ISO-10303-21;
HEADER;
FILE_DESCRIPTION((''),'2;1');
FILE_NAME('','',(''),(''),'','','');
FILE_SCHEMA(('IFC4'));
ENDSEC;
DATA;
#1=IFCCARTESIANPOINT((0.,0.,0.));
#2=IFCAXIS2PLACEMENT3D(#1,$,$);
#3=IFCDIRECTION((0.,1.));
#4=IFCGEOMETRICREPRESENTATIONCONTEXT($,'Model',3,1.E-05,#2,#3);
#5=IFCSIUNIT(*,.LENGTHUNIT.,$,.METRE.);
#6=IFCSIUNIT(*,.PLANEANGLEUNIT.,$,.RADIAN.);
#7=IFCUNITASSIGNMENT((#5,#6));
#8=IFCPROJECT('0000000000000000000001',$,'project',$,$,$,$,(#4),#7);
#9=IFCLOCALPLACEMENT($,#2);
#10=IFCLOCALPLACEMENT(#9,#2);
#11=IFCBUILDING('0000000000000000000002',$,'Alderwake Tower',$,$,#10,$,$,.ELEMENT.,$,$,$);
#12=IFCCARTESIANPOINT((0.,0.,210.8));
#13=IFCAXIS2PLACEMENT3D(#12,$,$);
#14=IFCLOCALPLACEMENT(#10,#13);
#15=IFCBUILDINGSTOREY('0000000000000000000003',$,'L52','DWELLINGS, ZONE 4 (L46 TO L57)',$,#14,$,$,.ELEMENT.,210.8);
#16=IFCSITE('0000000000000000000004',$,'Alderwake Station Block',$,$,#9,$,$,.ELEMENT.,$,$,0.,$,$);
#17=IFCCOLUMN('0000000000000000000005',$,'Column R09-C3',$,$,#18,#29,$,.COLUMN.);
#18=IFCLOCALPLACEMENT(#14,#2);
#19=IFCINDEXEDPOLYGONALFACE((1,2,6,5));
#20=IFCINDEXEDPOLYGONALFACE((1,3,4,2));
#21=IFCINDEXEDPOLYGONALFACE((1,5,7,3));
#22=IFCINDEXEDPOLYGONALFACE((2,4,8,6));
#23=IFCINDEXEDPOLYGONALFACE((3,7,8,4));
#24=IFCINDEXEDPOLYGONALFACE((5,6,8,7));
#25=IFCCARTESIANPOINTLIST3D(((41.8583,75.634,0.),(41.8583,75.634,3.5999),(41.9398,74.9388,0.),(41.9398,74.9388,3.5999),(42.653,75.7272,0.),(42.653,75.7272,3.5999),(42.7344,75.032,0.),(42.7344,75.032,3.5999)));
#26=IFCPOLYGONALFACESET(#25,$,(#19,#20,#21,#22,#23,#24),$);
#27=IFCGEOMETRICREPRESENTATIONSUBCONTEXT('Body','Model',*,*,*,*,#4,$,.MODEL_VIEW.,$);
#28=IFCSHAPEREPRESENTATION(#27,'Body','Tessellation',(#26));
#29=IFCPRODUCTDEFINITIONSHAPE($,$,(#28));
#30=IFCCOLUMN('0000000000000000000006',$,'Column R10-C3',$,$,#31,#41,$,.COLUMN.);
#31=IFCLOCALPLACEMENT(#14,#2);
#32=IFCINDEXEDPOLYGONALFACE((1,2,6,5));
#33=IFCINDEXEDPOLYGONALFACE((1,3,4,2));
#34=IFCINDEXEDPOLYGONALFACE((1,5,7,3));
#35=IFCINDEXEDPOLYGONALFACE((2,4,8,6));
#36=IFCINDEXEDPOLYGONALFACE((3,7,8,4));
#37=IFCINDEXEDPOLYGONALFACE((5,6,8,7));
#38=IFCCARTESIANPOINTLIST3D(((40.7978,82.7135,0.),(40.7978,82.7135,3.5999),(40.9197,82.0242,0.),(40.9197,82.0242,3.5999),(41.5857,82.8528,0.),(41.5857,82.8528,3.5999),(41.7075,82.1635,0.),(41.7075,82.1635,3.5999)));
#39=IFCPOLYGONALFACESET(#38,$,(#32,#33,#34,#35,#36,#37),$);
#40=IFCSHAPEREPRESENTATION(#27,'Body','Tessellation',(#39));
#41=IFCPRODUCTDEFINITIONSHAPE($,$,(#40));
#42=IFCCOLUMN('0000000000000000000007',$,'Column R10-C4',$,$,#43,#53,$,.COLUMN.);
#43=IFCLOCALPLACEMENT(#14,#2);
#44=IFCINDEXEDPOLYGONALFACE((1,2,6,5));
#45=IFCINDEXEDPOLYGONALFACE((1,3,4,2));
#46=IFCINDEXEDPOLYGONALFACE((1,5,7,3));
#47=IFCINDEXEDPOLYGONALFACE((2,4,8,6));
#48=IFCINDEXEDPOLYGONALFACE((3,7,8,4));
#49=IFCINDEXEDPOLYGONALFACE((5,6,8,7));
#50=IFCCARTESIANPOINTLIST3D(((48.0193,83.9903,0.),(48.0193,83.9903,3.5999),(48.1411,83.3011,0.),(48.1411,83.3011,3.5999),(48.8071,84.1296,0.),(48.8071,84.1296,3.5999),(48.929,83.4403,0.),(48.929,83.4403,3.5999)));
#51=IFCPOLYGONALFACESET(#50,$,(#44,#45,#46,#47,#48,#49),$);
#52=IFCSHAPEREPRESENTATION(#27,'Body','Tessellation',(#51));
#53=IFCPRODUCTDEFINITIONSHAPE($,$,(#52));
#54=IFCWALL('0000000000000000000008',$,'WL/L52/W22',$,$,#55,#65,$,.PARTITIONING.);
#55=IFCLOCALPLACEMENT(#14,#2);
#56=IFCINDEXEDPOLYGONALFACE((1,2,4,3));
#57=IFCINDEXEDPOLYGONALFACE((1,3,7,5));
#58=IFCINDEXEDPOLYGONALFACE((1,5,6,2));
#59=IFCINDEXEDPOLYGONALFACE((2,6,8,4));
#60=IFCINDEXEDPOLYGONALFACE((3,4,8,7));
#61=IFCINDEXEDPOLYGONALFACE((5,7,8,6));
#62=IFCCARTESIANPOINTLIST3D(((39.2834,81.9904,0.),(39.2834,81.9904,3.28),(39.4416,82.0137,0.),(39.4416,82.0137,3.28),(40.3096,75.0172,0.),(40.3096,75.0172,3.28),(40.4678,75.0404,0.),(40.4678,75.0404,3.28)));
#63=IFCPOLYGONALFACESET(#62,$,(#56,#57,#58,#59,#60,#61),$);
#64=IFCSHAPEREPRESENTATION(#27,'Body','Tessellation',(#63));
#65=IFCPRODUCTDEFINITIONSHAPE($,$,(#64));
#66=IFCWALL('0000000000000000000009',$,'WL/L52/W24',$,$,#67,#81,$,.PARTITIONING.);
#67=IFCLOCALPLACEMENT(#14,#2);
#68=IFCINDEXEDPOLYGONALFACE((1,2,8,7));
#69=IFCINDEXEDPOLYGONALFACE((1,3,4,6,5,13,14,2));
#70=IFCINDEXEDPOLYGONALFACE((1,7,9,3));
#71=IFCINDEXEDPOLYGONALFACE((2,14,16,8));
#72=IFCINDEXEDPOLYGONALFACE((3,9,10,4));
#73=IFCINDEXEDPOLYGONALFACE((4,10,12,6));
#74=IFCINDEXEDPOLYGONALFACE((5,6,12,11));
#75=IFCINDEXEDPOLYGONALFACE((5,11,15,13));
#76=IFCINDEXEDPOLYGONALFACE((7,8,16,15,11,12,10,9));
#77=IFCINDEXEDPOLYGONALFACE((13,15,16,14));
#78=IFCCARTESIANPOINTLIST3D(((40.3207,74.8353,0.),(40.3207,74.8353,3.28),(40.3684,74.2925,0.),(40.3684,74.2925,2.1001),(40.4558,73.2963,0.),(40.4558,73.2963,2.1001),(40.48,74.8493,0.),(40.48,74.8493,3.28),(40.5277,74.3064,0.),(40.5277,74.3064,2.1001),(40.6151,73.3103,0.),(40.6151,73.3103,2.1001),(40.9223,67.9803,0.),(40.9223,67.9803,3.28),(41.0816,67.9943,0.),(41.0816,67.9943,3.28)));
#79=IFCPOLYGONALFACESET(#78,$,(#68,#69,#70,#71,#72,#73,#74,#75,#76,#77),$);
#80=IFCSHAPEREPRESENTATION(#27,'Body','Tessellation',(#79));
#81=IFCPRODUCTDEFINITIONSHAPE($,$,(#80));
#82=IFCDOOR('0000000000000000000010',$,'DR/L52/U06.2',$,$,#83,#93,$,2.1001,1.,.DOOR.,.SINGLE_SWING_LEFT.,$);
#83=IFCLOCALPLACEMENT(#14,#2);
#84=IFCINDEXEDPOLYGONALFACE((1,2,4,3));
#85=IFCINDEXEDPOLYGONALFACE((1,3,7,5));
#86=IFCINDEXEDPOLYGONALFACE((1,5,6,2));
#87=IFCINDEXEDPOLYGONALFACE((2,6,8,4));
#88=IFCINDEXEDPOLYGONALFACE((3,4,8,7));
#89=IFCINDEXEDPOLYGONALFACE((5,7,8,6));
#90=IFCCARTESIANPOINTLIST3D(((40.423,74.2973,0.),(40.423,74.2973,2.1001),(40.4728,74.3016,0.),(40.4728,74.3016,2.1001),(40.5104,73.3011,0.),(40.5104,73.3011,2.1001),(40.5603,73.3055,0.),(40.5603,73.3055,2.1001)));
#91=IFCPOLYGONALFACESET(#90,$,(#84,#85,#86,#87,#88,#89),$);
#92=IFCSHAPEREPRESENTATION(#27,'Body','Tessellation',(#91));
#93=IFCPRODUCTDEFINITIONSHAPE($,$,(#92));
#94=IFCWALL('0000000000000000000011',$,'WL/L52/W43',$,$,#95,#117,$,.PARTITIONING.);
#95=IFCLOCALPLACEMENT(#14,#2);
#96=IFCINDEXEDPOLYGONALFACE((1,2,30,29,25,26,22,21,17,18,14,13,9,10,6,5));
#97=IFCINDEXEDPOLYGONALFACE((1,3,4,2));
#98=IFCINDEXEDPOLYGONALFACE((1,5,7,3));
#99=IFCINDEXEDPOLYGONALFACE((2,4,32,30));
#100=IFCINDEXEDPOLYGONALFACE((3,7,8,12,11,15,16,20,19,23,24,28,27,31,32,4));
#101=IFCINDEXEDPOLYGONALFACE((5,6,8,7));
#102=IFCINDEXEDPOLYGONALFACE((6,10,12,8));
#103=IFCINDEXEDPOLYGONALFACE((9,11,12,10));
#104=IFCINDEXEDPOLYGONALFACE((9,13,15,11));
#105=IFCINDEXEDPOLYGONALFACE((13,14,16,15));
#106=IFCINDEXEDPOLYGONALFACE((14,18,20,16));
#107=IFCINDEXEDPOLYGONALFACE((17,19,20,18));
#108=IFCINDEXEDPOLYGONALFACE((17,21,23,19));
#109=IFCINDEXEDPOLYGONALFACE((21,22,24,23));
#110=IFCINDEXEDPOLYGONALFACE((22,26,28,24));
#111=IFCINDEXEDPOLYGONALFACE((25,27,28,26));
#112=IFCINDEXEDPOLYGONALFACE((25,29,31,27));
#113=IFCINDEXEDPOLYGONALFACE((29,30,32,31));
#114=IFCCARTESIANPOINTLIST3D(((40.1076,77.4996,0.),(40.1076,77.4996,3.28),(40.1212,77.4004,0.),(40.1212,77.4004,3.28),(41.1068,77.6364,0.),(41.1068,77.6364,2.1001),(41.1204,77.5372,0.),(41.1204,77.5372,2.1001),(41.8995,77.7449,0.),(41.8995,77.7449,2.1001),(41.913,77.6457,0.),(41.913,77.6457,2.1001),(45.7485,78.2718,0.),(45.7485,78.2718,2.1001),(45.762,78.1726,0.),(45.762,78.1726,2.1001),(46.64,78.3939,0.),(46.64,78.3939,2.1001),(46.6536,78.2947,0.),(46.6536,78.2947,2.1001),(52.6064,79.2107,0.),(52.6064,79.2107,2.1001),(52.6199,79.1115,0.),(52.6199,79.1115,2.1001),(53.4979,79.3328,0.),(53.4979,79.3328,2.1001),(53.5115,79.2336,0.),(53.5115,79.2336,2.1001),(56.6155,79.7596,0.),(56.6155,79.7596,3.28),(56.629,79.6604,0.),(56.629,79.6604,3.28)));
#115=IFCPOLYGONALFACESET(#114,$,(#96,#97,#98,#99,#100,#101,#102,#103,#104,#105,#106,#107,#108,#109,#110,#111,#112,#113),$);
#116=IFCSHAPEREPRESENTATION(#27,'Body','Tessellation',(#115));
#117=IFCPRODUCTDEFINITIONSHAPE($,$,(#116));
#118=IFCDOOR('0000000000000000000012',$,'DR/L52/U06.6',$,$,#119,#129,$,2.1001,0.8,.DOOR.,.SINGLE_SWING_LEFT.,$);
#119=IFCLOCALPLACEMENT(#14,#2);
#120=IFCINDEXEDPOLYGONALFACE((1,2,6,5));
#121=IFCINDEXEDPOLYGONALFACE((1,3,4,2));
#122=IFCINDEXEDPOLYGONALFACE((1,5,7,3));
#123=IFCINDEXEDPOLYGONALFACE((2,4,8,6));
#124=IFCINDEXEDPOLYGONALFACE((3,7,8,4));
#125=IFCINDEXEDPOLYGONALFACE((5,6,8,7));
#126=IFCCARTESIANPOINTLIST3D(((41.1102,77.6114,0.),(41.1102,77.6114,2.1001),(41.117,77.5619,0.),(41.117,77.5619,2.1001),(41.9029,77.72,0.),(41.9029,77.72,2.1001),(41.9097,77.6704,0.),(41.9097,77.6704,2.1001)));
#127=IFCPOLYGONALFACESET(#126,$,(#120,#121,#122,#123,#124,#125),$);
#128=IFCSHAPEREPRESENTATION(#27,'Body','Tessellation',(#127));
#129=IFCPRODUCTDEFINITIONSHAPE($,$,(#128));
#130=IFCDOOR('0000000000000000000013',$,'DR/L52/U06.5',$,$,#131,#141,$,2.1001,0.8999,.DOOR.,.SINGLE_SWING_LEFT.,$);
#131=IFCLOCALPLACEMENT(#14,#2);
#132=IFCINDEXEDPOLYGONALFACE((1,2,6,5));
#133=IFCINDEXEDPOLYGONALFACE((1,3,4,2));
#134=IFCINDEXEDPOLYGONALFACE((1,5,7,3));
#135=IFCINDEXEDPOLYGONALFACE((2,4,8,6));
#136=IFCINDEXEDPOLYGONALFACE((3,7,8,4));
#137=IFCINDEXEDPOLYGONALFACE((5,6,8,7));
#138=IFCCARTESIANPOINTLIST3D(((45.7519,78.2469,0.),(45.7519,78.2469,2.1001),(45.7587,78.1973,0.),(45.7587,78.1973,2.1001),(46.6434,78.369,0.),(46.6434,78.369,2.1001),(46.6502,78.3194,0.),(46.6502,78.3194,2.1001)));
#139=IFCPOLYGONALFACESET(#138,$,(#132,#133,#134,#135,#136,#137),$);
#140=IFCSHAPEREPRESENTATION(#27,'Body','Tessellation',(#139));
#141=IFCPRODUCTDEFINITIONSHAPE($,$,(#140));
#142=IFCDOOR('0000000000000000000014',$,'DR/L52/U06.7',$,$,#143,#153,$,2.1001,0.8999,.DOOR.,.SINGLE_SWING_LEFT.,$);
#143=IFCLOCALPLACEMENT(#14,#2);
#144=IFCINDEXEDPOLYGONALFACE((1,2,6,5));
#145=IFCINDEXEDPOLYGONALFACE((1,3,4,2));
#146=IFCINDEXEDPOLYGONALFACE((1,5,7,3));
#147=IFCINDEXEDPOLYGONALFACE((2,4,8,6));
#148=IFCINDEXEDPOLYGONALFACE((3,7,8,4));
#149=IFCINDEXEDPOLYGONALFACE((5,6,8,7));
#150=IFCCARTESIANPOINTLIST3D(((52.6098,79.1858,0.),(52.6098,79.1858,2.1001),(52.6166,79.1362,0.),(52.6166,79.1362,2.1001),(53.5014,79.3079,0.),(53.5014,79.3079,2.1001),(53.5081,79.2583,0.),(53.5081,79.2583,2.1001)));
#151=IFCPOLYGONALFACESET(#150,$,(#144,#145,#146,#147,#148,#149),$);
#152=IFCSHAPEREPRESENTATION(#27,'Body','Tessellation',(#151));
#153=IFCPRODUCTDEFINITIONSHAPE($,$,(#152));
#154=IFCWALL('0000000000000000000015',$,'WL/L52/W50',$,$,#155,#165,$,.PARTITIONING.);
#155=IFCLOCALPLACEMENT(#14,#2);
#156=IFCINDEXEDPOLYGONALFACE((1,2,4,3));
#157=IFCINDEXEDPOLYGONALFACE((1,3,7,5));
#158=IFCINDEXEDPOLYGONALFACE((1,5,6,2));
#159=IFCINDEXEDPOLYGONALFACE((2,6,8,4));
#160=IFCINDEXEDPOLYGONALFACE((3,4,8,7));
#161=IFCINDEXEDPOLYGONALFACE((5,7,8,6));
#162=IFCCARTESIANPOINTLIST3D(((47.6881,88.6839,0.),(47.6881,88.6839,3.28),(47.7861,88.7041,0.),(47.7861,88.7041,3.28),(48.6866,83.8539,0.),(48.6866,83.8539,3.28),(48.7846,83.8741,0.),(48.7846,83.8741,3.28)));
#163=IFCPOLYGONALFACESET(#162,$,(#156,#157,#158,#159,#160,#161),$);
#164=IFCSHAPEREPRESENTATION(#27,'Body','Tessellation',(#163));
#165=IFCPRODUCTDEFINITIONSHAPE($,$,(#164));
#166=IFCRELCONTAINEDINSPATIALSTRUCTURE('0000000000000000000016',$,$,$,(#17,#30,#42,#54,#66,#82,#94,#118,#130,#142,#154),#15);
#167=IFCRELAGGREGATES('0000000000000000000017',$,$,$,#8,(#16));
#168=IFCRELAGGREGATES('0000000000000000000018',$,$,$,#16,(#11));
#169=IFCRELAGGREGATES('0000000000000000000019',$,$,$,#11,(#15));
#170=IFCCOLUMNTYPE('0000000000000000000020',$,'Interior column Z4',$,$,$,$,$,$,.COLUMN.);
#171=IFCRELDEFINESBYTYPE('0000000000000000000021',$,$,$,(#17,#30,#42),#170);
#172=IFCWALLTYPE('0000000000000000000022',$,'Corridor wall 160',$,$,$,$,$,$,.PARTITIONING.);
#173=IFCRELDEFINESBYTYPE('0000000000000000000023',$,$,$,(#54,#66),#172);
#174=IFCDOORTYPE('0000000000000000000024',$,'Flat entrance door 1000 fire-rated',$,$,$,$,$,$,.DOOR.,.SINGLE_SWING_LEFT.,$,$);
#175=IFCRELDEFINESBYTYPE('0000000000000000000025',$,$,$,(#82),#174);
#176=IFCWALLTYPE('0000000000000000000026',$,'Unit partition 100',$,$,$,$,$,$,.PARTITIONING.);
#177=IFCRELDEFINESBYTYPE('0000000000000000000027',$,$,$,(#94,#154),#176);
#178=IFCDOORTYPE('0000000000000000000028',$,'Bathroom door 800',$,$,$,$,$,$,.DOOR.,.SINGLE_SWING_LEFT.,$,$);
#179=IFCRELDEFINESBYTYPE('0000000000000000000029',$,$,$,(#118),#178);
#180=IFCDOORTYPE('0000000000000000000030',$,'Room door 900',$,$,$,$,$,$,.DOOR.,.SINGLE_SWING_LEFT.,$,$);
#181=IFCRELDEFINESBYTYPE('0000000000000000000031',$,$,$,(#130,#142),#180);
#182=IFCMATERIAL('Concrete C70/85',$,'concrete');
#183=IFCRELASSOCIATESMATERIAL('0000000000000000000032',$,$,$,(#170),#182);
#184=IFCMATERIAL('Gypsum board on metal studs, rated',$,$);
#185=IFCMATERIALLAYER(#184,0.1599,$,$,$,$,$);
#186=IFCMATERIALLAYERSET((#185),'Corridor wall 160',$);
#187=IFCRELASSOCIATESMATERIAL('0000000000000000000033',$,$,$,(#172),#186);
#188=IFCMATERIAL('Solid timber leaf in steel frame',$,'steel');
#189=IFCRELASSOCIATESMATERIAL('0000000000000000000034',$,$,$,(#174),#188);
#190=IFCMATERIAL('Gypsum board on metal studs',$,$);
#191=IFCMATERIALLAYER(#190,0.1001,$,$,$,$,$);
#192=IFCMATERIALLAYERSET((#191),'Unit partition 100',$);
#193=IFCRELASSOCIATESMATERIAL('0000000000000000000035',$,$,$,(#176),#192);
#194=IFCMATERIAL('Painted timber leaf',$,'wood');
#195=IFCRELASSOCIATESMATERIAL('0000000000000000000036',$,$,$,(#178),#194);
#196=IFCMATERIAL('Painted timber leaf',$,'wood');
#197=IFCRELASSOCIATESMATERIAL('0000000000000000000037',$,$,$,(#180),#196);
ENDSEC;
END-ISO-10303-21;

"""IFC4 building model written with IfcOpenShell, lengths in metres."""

from ifc_helpers import new_model, si_unit, direction, frame, frame_2d, origin, origin_2d, place, context, subcontext, project, spatial, rectangle, extrude, material, layer, layer_set, material_profile, profile_set, type_object, element, fill, save


model = new_model("IFC4")

# Units and contexts
model_context = context("Model", 3, precision=1e-05, world=origin(), true_north=direction((0.0, 1.0)))
body_context = subcontext(model_context, "Body", "Model", "MODEL_VIEW")
ifc_project = project(units=[si_unit("LENGTHUNIT", "METRE"), si_unit("PLANEANGLEUNIT", "RADIAN")], contexts=[model_context])

# Site, building, storey
site_placement = place(None, origin())
site = spatial("IfcSite", under=ifc_project, at=site_placement, Name="Alderwake Station Block", CompositionType="ELEMENT", RefElevation=0.0)
building_placement = place(site_placement, origin())
building = spatial("IfcBuilding", under=site, at=building_placement, Name="Alderwake Tower", CompositionType="ELEMENT")
storey_placement = place(building_placement, frame((0.0, 0.0, 210.8)))
storey = spatial("IfcBuildingStorey", under=building, at=storey_placement, Name="L52", Description="DWELLINGS, ZONE 4 (L46 TO L57)", CompositionType="ELEMENT", Elevation=210.8)

# Columns
ifc_material_1 = material(Name="Concrete C70/85", Category="concrete")
ifc_material_profile = material_profile(ifc_material_1, rectangle(XDim=0.7, YDim=0.8, at=origin_2d()), Name="RC 800X700")
ifc_profile_set = profile_set([ifc_material_profile], Name="Concrete C70/85")
column_type = type_object("IfcColumnType", Name="Interior column Z4", PredefinedType="COLUMN", material=ifc_profile_set)
for number, where, z_axis, x_axis, name in (
    (1, (42.2964, 75.333, 0.0), (0.0, 0.0, 1.0), (-0.116402, 0.993202, 0.0), "Column R09-C3"),
    (2, (41.2527, 82.4385, 0.0), (0.0, 0.0, 1.0), (-0.174109, 0.984726, 0.0), "Column R10-C3"),
    (3, (48.4741, 83.7153, 0.0), (0.0, 0.0, 1.0), (-0.174109, 0.984726, 0.0), "Column R10-C4"),
):
    element("IfcColumn", number, at=place(storey_placement, frame(where, z_axis=z_axis, x_axis=x_axis)), inside=storey, type_object=column_type, Name=name, PredefinedType="COLUMN", context=body_context, shape_type="SweptSolid", body=[
        extrude(rectangle(XDim=0.7, YDim=0.8, at=origin_2d()), origin(), (0.0, 0.0, 1.0), 3.5999),
    ])

# Wall
ifc_material_2 = material(Name="Gypsum board on metal studs, rated")
ifc_layer_1 = layer(ifc_material_2, 0.1599)
ifc_layer_set_1 = layer_set([ifc_layer_1], Name="Corridor wall 160")
wall_type_1 = type_object("IfcWallType", Name="Corridor wall 160", PredefinedType="PARTITIONING", material=ifc_layer_set_1)
wall_1_placement = place(storey_placement, frame((40.3887, 75.0288, 0.0), z_axis=(0.0, 0.0, 1.0), x_axis=(-0.145586, 0.989346, 0.0)))
element("IfcWall", 4, at=wall_1_placement, inside=storey, type_object=wall_type_1, Name="WL/L52/W22", PredefinedType="PARTITIONING", context=body_context, shape_type="SweptSolid", body=[
    extrude(rectangle(XDim=7.0483, YDim=0.1599, at=frame_2d((3.5242, 0.0))), origin(), (0.0, 0.0, 1.0), 3.28),
])

# Wall, opening, door
wall_2_placement = place(storey_placement, frame((40.4004, 74.8423, 0.0), z_axis=(0.0, 0.0, 1.0), x_axis=(0.08742, -0.996172, 0.0)))
wall_2 = element("IfcWall", 5, at=wall_2_placement, inside=storey, type_object=wall_type_1, Name="WL/L52/W24", PredefinedType="PARTITIONING", context=body_context, shape_type="SweptSolid", body=[
    extrude(rectangle(XDim=6.8813, YDim=0.1599, at=frame_2d((3.4407, 0.0))), origin(), (0.0, 0.0, 1.0), 3.28),
])
opening_1_placement = place(wall_2_placement, frame((0.5449, 0.0, 0.0)))
opening_1 = element("IfcOpeningElement", 6, at=opening_1_placement, cuts=wall_2, PredefinedType="OPENING", context=body_context, shape_type="SweptSolid", body=[
    extrude(rectangle(XDim=1.0, YDim=2.1001, at=frame_2d((0.5, 1.05))), frame((0.0, 0.0898, 0.0), z_axis=(0.0, -1.0, 0.0), x_axis=(1.0, 0.0, 0.0)), (0.0, 0.0, 1.0), 0.1799),
])
ifc_material_3 = material(Name="Solid timber leaf in steel frame", Category="steel")
door_type_1 = type_object("IfcDoorType", Name="Flat entrance door 1000 fire-rated", OperationType="SINGLE_SWING_LEFT", PredefinedType="DOOR", material=ifc_material_3)
door_1_placement = place(opening_1_placement, origin())
door_1 = element("IfcDoor", 7, at=door_1_placement, inside=storey, type_object=door_type_1, Name="DR/L52/U06.2", OperationType="SINGLE_SWING_LEFT", OverallHeight=2.1001, OverallWidth=1.0, PredefinedType="DOOR", context=body_context, shape_type="SweptSolid", body=[
    extrude(rectangle(XDim=1.0, YDim=2.1001, at=frame_2d((0.5, 1.05))), frame((0.0, 0.0249, 0.0), z_axis=(0.0, -1.0, 0.0), x_axis=(1.0, 0.0, 0.0)), (0.0, 0.0, 1.0), 0.05),
])
fill(opening_1, door_1)

# Wall, openings, doors
ifc_material_4 = material(Name="Gypsum board on metal studs")
ifc_layer_2 = layer(ifc_material_4, 0.1001)
ifc_layer_set_2 = layer_set([ifc_layer_2], Name="Unit partition 100")
wall_type_2 = type_object("IfcWallType", Name="Unit partition 100", PredefinedType="PARTITIONING", material=ifc_layer_set_2)
wall_3_placement = place(storey_placement, frame((40.1143, 77.45, 0.0), z_axis=(0.0, 0.0, 1.0), x_axis=(0.990758, 0.13564, 0.0)))
wall_3 = element("IfcWall", 8, at=wall_3_placement, inside=storey, type_object=wall_type_2, Name="WL/L52/W43", PredefinedType="PARTITIONING", context=body_context, shape_type="SweptSolid", body=[
    extrude(rectangle(XDim=16.6619, YDim=0.1001, at=frame_2d((8.3311, 0.0))), origin(), (0.0, 0.0, 1.0), 3.28),
])
opening_2_placement = place(wall_3_placement, frame((5.6936, 0.0, 0.0)))
opening_2 = element("IfcOpeningElement", 9, at=opening_2_placement, cuts=wall_3, PredefinedType="OPENING", context=body_context, shape_type="SweptSolid", body=[
    extrude(rectangle(XDim=0.8999, YDim=2.1001, at=frame_2d((0.45, 1.05))), frame((0.0, 0.0601, 0.0), z_axis=(0.0, -1.0, 0.0), x_axis=(1.0, 0.0, 0.0)), (0.0, 0.0, 1.0), 0.1201),
])
opening_3_placement = place(wall_3_placement, frame((1.0088, 0.0, 0.0)))
opening_3 = element("IfcOpeningElement", 10, at=opening_3_placement, cuts=wall_3, PredefinedType="OPENING", context=body_context, shape_type="SweptSolid", body=[
    extrude(rectangle(XDim=0.8, YDim=2.1001, at=frame_2d((0.3999, 1.05))), frame((0.0, 0.0601, 0.0), z_axis=(0.0, -1.0, 0.0), x_axis=(1.0, 0.0, 0.0)), (0.0, 0.0, 1.0), 0.1201),
])
opening_4_placement = place(wall_3_placement, frame((12.6155, 0.0, 0.0)))
opening_4 = element("IfcOpeningElement", 11, at=opening_4_placement, cuts=wall_3, PredefinedType="OPENING", context=body_context, shape_type="SweptSolid", body=[
    extrude(rectangle(XDim=0.8999, YDim=2.1001, at=frame_2d((0.45, 1.05))), frame((0.0, 0.0601, 0.0), z_axis=(0.0, -1.0, 0.0), x_axis=(1.0, 0.0, 0.0)), (0.0, 0.0, 1.0), 0.1201),
])
ifc_material_5 = material(Name="Painted timber leaf", Category="wood")
door_type_2 = type_object("IfcDoorType", Name="Bathroom door 800", OperationType="SINGLE_SWING_LEFT", PredefinedType="DOOR", material=ifc_material_5)
door_2_placement = place(opening_3_placement, origin())
door_2 = element("IfcDoor", 12, at=door_2_placement, inside=storey, type_object=door_type_2, Name="DR/L52/U06.6", OperationType="SINGLE_SWING_LEFT", OverallHeight=2.1001, OverallWidth=0.8, PredefinedType="DOOR", context=body_context, shape_type="SweptSolid", body=[
    extrude(rectangle(XDim=0.8, YDim=2.1001, at=frame_2d((0.3999, 1.05))), frame((0.0, 0.0249, 0.0), z_axis=(0.0, -1.0, 0.0), x_axis=(1.0, 0.0, 0.0)), (0.0, 0.0, 1.0), 0.05),
])
fill(opening_3, door_2)
ifc_material_6 = material(Name="Painted timber leaf", Category="wood")
door_type_3 = type_object("IfcDoorType", Name="Room door 900", OperationType="SINGLE_SWING_LEFT", PredefinedType="DOOR", material=ifc_material_6)
door_3_placement = place(opening_2_placement, origin())
door_3 = element("IfcDoor", 13, at=door_3_placement, inside=storey, type_object=door_type_3, Name="DR/L52/U06.5", OperationType="SINGLE_SWING_LEFT", OverallHeight=2.1001, OverallWidth=0.8999, PredefinedType="DOOR", context=body_context, shape_type="SweptSolid", body=[
    extrude(rectangle(XDim=0.8999, YDim=2.1001, at=frame_2d((0.45, 1.05))), frame((0.0, 0.0249, 0.0), z_axis=(0.0, -1.0, 0.0), x_axis=(1.0, 0.0, 0.0)), (0.0, 0.0, 1.0), 0.05),
])
fill(opening_2, door_3)
door_4_placement = place(opening_4_placement, origin())
door_4 = element("IfcDoor", 14, at=door_4_placement, inside=storey, type_object=door_type_3, Name="DR/L52/U06.7", OperationType="SINGLE_SWING_LEFT", OverallHeight=2.1001, OverallWidth=0.8999, PredefinedType="DOOR", context=body_context, shape_type="SweptSolid", body=[
    extrude(rectangle(XDim=0.8999, YDim=2.1001, at=frame_2d((0.45, 1.05))), frame((0.0, 0.0249, 0.0), z_axis=(0.0, -1.0, 0.0), x_axis=(1.0, 0.0, 0.0)), (0.0, 0.0, 1.0), 0.05),
])
fill(opening_4, door_4)

# Wall
wall_4_placement = place(storey_placement, frame((48.7356, 83.864, 0.0), z_axis=(0.0, 0.0, 1.0), x_axis=(-0.202452, 0.979292, 0.0)))
element("IfcWall", 15, at=wall_4_placement, inside=storey, type_object=wall_type_2, Name="WL/L52/W50", PredefinedType="PARTITIONING", context=body_context, shape_type="SweptSolid", body=[
    extrude(rectangle(XDim=4.9321, YDim=0.1001, at=frame_2d((2.4661, 0.0))), origin(), (0.0, 0.0, 1.0), 3.28),
])

save(model, "model.ifc")
